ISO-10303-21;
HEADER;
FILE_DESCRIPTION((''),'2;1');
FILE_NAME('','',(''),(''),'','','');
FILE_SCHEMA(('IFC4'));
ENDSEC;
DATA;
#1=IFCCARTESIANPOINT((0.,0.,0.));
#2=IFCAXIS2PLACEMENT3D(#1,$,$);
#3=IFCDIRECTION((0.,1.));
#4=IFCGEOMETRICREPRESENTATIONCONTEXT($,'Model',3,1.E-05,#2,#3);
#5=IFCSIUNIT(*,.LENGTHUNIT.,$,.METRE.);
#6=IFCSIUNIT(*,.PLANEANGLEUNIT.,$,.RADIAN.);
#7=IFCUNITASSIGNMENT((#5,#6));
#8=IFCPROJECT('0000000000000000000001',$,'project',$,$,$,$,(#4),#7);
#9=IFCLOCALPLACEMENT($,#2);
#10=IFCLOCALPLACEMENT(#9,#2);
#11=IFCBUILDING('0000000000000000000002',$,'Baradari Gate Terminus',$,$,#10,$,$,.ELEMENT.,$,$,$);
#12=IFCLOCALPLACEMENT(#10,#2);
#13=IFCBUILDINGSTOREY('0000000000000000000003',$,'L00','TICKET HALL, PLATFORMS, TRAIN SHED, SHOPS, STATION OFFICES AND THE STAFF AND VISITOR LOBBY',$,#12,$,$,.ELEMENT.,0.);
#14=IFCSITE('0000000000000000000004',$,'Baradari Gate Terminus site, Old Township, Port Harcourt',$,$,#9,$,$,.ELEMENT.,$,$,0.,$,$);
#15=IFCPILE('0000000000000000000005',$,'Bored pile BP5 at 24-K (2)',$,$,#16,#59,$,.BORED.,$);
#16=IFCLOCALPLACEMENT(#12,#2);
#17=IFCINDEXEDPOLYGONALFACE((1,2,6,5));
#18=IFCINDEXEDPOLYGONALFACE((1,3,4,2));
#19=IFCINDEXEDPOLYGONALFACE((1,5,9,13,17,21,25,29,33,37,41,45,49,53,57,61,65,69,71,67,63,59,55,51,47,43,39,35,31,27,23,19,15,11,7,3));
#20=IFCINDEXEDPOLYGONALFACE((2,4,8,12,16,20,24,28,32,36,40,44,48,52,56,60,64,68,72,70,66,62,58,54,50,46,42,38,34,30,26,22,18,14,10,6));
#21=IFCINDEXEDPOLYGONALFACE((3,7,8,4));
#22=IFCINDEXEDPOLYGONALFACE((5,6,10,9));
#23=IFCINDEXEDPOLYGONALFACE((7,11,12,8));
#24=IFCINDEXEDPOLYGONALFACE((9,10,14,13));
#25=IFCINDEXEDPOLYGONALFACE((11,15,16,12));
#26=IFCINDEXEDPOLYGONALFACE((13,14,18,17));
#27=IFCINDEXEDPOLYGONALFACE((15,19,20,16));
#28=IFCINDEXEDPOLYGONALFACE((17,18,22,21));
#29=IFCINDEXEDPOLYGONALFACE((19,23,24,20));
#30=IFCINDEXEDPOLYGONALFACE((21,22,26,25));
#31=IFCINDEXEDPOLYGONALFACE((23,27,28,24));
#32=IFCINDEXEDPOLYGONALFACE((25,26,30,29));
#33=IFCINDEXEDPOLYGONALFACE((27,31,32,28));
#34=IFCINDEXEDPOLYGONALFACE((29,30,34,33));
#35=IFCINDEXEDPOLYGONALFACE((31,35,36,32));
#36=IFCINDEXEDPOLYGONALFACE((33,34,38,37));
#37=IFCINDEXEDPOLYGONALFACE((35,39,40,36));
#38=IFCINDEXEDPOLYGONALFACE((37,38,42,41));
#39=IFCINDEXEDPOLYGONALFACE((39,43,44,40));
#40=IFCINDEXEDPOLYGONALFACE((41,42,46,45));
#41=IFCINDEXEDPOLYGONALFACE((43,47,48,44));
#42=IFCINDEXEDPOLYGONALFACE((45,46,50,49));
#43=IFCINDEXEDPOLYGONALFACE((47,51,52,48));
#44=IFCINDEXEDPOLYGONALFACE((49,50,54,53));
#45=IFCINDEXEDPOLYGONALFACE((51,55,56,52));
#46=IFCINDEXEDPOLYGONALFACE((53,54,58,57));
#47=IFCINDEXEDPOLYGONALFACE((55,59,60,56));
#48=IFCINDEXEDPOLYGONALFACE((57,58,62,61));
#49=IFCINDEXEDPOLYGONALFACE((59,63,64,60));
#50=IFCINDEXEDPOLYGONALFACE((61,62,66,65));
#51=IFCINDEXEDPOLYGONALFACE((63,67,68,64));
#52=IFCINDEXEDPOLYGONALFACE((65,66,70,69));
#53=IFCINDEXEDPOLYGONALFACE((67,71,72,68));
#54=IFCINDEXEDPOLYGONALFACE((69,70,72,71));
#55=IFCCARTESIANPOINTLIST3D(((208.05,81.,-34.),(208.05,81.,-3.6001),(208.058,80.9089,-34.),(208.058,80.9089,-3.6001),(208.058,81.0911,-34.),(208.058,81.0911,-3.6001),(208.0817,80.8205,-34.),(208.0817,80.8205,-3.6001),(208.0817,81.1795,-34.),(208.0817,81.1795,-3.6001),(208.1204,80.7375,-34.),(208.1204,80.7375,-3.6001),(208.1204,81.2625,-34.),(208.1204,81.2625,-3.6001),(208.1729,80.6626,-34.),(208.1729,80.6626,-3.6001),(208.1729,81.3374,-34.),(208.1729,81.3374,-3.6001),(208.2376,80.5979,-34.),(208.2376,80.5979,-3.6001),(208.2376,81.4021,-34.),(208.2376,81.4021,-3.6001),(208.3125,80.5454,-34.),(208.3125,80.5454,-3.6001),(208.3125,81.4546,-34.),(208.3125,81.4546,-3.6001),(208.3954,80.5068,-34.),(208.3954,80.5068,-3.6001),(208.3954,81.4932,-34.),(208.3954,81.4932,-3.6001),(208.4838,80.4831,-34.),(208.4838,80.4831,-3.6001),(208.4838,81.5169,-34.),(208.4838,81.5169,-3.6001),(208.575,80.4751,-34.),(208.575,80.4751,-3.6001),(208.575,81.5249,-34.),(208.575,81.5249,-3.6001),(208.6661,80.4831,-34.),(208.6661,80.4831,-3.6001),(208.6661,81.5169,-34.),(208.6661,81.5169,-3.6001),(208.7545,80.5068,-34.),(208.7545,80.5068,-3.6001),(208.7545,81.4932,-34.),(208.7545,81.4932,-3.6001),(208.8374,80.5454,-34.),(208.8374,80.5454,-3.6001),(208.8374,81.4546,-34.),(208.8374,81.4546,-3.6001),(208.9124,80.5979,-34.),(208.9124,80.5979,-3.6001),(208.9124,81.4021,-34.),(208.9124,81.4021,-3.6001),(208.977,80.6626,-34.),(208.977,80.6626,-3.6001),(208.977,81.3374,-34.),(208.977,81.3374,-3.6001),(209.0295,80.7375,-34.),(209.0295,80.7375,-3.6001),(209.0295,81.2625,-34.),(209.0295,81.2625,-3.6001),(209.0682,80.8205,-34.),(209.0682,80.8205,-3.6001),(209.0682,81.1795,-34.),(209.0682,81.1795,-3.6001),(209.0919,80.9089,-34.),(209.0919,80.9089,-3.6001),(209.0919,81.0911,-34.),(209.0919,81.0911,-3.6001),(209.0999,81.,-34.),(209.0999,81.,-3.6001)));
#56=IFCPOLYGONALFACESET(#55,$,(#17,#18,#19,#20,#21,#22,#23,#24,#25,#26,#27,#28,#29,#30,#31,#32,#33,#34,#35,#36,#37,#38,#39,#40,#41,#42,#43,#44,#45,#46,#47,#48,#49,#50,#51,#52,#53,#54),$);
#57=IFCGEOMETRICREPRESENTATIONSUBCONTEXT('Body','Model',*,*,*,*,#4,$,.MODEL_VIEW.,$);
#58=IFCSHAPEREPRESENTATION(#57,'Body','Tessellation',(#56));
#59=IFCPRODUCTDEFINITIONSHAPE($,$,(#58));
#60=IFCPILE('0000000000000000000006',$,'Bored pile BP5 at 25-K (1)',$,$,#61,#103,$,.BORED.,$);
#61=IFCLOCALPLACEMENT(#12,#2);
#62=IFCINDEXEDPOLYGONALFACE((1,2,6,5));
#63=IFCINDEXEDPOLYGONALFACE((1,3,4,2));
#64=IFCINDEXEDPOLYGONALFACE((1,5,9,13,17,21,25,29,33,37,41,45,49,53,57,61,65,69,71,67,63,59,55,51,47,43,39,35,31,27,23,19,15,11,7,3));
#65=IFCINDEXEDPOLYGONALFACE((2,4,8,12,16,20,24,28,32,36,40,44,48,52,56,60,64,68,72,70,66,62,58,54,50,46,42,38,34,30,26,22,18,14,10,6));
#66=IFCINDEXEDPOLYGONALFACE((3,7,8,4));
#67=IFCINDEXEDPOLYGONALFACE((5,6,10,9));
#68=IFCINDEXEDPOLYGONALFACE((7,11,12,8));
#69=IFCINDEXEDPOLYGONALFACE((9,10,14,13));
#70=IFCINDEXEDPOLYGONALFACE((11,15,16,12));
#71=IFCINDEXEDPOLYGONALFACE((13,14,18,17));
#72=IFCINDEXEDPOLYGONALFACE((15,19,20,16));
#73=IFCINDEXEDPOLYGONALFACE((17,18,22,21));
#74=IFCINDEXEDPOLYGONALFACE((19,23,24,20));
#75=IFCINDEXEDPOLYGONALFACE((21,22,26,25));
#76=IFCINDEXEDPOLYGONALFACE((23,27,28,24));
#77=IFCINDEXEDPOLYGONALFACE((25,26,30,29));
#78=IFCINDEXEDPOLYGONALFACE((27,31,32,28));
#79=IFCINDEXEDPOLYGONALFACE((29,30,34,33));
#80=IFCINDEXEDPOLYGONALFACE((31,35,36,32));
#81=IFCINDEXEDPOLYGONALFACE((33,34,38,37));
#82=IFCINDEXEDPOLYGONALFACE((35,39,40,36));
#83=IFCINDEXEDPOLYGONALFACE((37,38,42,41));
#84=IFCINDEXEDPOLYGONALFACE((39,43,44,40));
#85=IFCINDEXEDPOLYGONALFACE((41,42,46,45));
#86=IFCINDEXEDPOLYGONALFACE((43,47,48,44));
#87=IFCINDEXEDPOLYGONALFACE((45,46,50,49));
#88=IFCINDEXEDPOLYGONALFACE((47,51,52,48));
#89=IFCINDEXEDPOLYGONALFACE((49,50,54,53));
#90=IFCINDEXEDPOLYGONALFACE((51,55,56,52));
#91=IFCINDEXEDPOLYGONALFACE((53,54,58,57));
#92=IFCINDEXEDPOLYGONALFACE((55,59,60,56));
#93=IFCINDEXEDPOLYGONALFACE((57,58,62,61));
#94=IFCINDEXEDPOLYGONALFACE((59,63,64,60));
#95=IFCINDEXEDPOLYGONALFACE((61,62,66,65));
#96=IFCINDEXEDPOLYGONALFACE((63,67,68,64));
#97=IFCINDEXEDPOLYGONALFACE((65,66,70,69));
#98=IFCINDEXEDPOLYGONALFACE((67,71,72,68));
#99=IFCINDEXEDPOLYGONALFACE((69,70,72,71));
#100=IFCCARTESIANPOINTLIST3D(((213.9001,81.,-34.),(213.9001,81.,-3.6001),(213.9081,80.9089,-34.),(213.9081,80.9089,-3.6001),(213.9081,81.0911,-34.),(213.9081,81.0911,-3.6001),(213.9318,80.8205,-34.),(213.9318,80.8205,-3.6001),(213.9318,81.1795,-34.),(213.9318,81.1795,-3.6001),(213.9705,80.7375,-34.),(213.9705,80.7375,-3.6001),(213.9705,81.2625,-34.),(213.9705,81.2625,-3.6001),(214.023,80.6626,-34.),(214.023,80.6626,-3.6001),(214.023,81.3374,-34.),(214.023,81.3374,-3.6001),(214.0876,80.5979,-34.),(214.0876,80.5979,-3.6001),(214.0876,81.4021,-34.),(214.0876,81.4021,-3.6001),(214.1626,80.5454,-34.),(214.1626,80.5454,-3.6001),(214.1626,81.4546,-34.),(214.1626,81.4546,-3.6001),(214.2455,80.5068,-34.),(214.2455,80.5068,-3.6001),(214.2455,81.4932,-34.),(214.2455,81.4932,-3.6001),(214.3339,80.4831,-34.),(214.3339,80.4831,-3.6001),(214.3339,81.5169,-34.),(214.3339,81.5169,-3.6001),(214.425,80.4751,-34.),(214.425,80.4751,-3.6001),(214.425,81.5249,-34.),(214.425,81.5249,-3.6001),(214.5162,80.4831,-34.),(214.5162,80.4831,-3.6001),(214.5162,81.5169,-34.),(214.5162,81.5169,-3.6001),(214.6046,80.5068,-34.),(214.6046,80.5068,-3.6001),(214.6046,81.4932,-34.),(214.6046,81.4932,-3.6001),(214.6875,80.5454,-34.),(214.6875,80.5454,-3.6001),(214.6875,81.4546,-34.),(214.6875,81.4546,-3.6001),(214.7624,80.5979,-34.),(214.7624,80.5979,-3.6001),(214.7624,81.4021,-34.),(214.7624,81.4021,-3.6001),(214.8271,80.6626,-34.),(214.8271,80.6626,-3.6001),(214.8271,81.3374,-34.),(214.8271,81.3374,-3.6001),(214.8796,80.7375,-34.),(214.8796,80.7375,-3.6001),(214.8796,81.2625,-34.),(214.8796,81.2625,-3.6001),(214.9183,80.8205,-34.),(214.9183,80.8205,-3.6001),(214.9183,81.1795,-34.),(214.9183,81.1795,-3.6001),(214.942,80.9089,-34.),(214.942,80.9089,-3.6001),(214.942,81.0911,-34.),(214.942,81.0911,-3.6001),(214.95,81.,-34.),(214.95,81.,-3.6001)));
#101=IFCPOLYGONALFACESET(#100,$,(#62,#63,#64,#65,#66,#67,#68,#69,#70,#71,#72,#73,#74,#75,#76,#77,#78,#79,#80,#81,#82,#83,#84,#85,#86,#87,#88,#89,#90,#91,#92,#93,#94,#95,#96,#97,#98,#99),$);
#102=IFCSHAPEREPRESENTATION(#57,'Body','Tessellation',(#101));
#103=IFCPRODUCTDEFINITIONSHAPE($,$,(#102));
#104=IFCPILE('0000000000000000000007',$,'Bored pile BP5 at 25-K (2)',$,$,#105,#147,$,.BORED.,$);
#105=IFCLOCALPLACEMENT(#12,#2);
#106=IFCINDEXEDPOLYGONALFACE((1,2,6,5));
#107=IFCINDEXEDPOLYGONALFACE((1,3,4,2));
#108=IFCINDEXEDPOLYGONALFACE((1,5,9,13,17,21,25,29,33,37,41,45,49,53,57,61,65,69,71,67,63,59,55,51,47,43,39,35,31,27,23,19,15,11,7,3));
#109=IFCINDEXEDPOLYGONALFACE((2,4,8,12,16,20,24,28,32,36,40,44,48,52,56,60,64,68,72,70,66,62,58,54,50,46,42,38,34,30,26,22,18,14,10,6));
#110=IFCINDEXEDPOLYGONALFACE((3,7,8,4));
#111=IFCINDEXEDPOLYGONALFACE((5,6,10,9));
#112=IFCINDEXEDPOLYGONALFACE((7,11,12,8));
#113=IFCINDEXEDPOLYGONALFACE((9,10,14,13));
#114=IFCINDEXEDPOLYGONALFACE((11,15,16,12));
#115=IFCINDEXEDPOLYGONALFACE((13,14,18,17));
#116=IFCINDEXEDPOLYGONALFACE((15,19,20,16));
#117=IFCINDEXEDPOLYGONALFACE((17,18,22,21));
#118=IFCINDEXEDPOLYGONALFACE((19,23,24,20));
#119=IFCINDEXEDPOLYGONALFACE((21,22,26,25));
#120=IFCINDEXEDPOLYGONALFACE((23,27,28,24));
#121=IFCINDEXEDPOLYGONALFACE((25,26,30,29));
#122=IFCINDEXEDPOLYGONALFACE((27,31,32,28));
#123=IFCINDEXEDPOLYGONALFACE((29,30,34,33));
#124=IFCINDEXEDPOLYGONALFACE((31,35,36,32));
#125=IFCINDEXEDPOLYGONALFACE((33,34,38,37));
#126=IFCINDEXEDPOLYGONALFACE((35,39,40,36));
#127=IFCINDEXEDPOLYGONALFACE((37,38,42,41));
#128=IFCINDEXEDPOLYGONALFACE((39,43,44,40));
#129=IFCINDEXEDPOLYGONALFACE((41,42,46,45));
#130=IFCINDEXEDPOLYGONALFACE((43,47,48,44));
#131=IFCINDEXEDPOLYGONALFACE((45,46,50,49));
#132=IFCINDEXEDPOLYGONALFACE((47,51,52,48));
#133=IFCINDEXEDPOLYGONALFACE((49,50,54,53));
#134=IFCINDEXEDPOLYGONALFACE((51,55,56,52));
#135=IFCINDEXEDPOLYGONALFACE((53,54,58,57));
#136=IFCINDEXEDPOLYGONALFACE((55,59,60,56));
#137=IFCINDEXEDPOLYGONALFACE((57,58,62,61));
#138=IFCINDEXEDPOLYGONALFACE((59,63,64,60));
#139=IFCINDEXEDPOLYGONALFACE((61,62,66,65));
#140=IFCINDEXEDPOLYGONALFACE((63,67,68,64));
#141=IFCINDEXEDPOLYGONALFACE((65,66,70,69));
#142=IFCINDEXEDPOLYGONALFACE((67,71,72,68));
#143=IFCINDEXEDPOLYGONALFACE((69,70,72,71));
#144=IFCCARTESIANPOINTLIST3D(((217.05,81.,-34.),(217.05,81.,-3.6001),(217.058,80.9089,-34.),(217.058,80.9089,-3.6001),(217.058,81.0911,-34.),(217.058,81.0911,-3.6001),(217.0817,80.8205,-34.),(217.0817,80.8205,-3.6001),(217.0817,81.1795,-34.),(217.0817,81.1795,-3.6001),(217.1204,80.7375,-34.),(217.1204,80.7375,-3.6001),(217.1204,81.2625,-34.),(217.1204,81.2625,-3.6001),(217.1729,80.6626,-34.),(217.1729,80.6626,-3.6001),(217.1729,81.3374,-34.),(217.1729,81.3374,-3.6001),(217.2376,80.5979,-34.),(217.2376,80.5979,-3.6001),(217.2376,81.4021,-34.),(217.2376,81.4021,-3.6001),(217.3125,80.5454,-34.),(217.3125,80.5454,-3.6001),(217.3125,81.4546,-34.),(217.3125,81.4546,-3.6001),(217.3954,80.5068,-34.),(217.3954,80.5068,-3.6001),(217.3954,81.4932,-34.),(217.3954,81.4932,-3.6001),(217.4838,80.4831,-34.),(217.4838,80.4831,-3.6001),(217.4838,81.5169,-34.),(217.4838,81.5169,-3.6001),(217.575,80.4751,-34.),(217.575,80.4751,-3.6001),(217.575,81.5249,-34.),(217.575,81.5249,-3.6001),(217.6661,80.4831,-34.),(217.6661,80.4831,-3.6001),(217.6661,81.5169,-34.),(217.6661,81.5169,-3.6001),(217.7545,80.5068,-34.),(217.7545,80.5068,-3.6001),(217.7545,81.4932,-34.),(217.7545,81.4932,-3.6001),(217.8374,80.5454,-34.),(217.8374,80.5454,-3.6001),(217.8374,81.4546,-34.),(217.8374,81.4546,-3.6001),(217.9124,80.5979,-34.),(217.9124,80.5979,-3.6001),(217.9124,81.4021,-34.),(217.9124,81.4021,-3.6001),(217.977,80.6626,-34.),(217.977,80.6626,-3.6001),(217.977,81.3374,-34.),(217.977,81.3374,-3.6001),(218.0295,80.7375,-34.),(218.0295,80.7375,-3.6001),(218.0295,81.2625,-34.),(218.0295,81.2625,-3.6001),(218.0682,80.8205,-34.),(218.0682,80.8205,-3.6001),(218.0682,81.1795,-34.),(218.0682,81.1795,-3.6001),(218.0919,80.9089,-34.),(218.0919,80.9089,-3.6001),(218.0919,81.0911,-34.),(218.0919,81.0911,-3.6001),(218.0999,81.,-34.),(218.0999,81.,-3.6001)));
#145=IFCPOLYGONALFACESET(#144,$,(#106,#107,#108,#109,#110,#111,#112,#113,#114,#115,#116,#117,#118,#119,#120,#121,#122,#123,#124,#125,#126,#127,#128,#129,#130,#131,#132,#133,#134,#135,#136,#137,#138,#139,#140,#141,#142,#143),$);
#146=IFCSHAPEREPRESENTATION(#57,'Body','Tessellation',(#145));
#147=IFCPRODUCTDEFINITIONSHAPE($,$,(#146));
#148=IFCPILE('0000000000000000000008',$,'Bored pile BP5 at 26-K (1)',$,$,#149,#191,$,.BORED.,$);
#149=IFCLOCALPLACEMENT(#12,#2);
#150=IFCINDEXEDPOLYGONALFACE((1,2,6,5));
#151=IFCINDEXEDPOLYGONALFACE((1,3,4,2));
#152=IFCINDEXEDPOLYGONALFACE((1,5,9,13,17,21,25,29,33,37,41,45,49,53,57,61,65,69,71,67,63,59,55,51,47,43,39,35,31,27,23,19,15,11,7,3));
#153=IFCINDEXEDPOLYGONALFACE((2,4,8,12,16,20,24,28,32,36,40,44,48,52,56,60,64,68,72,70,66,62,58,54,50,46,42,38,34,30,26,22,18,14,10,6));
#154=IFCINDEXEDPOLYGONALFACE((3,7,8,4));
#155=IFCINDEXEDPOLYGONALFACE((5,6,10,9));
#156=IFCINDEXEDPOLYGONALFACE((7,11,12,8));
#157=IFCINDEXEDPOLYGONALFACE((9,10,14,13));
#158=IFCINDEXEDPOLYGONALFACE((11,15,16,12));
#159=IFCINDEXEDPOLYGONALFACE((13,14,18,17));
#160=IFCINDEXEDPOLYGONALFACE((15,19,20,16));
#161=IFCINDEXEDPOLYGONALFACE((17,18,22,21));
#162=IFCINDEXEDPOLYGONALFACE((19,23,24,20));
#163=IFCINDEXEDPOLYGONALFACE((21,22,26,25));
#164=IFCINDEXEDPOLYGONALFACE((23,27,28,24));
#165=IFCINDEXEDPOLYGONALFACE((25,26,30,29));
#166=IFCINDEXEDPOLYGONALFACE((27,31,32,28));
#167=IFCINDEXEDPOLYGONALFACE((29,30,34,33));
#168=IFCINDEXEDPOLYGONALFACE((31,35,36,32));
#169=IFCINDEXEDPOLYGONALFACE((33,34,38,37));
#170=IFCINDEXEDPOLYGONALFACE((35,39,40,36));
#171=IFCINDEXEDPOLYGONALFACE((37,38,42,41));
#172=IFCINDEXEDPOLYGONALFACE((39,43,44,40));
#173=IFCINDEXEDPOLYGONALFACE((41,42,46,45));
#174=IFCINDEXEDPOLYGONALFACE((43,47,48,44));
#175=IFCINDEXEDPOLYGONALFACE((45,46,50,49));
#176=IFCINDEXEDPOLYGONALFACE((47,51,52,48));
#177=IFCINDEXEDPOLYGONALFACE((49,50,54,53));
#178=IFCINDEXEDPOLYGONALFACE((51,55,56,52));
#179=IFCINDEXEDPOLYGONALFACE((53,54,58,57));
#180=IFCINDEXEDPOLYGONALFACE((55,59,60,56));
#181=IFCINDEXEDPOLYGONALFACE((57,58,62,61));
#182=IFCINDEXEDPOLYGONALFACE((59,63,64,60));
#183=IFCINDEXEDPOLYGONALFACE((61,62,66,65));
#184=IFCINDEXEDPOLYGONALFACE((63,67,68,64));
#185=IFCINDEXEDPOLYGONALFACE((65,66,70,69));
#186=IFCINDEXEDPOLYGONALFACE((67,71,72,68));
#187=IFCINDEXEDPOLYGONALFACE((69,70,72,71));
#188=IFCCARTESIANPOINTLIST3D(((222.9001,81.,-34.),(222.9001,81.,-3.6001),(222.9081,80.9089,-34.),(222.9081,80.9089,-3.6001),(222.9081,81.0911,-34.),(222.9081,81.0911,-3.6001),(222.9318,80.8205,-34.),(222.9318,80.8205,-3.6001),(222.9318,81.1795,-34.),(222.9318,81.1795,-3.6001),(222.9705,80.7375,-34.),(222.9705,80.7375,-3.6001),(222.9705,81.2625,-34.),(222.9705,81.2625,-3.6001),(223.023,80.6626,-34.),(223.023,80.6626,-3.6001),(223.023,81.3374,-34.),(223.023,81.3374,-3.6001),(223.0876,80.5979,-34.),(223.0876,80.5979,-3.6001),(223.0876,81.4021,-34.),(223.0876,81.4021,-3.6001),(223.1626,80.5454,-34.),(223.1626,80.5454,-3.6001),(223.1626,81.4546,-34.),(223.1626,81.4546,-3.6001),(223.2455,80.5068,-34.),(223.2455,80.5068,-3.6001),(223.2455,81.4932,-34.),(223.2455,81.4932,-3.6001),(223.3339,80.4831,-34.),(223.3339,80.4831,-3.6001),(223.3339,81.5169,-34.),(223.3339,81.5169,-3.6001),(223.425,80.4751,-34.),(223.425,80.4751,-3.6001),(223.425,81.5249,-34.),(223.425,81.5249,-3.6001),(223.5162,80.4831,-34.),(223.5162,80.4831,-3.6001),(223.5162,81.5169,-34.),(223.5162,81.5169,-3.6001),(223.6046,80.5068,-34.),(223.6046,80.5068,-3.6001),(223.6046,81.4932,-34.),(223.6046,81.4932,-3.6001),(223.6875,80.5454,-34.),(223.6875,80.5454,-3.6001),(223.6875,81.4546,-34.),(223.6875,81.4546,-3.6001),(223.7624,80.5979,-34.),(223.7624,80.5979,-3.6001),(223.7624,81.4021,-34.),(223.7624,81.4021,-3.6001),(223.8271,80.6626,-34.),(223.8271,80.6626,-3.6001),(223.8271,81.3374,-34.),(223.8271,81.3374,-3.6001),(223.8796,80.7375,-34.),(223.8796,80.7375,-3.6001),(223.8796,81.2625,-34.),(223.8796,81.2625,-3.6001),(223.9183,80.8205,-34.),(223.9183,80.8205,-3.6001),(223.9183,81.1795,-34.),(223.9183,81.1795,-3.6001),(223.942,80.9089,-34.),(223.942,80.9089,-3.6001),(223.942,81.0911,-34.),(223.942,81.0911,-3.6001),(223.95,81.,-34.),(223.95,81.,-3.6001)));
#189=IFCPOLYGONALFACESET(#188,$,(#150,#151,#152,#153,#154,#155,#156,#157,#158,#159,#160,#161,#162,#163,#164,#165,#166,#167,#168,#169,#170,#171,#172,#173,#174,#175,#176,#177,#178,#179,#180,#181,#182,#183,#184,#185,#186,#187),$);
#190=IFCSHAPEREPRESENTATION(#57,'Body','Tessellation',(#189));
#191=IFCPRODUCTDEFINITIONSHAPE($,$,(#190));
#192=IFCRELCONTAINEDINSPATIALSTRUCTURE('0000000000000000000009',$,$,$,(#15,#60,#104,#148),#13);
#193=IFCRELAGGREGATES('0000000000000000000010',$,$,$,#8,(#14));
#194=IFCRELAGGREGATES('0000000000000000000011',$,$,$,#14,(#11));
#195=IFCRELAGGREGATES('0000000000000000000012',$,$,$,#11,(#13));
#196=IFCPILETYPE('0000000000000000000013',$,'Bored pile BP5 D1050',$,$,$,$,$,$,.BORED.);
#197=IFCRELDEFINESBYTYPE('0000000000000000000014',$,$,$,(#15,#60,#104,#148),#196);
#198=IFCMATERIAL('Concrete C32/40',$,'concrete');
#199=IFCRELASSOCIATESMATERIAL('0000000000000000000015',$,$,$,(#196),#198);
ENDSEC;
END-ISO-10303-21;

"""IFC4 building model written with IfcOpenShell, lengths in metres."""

from ifc_helpers import new_model, si_unit, direction, frame, origin, origin_2d, place, context, subcontext, project, spatial, circle, extrude, material, type_object, element, save


model = new_model("IFC4")

# Units and contexts
model_context = context("Model", 3, precision=1e-05, world=origin(), true_north=direction((0.0, 1.0)))
body_context = subcontext(model_context, "Body", "Model", "MODEL_VIEW")
ifc_project = project(units=[si_unit("LENGTHUNIT", "METRE"), si_unit("PLANEANGLEUNIT", "RADIAN")], contexts=[model_context])

# Site, building, storey
site_placement = place(None, origin())
site = spatial("IfcSite", under=ifc_project, at=site_placement, Name="Baradari Gate Terminus site, Old Township, Port Harcourt", CompositionType="ELEMENT", RefElevation=0.0)
building_placement = place(site_placement, origin())
building = spatial("IfcBuilding", under=site, at=building_placement, Name="Baradari Gate Terminus", CompositionType="ELEMENT")
storey_placement = place(building_placement, origin())
storey = spatial("IfcBuildingStorey", under=building, at=storey_placement, Name="L00", Description="TICKET HALL, PLATFORMS, TRAIN SHED, SHOPS, STATION OFFICES AND THE STAFF AND VISITOR LOBBY", CompositionType="ELEMENT", Elevation=0.0)

# Piles
ifc_material_1 = material(Name="Concrete C32/40", Category="concrete")
pile_type = type_object("IfcPileType", Name="Bored pile BP5 D1050", PredefinedType="BORED", material=ifc_material_1)
for number, where, z_axis, x_axis, name in (
    (1, (208.575, 81.0, -3.6001), (0.0, 0.0, -1.0), (1.0, 0.0, 0.0), "Bored pile BP5 at 24-K (2)"),
    (2, (214.425, 81.0, -3.6001), (0.0, 0.0, -1.0), (1.0, 0.0, 0.0), "Bored pile BP5 at 25-K (1)"),
    (3, (217.575, 81.0, -3.6001), (0.0, 0.0, -1.0), (1.0, 0.0, 0.0), "Bored pile BP5 at 25-K (2)"),
    (4, (223.425, 81.0, -3.6001), (0.0, 0.0, -1.0), (1.0, 0.0, 0.0), "Bored pile BP5 at 26-K (1)"),
):
    element("IfcPile", number, at=place(storey_placement, frame(where, z_axis=z_axis, x_axis=x_axis)), inside=storey, type_object=pile_type, Name=name, PredefinedType="BORED", context=body_context, shape_type="SweptSolid", body=[
        extrude(circle(Radius=0.5249, at=origin_2d()), origin(), (0.0, 0.0, 1.0), 30.3999),
    ])

save(model, "model.ifc")
